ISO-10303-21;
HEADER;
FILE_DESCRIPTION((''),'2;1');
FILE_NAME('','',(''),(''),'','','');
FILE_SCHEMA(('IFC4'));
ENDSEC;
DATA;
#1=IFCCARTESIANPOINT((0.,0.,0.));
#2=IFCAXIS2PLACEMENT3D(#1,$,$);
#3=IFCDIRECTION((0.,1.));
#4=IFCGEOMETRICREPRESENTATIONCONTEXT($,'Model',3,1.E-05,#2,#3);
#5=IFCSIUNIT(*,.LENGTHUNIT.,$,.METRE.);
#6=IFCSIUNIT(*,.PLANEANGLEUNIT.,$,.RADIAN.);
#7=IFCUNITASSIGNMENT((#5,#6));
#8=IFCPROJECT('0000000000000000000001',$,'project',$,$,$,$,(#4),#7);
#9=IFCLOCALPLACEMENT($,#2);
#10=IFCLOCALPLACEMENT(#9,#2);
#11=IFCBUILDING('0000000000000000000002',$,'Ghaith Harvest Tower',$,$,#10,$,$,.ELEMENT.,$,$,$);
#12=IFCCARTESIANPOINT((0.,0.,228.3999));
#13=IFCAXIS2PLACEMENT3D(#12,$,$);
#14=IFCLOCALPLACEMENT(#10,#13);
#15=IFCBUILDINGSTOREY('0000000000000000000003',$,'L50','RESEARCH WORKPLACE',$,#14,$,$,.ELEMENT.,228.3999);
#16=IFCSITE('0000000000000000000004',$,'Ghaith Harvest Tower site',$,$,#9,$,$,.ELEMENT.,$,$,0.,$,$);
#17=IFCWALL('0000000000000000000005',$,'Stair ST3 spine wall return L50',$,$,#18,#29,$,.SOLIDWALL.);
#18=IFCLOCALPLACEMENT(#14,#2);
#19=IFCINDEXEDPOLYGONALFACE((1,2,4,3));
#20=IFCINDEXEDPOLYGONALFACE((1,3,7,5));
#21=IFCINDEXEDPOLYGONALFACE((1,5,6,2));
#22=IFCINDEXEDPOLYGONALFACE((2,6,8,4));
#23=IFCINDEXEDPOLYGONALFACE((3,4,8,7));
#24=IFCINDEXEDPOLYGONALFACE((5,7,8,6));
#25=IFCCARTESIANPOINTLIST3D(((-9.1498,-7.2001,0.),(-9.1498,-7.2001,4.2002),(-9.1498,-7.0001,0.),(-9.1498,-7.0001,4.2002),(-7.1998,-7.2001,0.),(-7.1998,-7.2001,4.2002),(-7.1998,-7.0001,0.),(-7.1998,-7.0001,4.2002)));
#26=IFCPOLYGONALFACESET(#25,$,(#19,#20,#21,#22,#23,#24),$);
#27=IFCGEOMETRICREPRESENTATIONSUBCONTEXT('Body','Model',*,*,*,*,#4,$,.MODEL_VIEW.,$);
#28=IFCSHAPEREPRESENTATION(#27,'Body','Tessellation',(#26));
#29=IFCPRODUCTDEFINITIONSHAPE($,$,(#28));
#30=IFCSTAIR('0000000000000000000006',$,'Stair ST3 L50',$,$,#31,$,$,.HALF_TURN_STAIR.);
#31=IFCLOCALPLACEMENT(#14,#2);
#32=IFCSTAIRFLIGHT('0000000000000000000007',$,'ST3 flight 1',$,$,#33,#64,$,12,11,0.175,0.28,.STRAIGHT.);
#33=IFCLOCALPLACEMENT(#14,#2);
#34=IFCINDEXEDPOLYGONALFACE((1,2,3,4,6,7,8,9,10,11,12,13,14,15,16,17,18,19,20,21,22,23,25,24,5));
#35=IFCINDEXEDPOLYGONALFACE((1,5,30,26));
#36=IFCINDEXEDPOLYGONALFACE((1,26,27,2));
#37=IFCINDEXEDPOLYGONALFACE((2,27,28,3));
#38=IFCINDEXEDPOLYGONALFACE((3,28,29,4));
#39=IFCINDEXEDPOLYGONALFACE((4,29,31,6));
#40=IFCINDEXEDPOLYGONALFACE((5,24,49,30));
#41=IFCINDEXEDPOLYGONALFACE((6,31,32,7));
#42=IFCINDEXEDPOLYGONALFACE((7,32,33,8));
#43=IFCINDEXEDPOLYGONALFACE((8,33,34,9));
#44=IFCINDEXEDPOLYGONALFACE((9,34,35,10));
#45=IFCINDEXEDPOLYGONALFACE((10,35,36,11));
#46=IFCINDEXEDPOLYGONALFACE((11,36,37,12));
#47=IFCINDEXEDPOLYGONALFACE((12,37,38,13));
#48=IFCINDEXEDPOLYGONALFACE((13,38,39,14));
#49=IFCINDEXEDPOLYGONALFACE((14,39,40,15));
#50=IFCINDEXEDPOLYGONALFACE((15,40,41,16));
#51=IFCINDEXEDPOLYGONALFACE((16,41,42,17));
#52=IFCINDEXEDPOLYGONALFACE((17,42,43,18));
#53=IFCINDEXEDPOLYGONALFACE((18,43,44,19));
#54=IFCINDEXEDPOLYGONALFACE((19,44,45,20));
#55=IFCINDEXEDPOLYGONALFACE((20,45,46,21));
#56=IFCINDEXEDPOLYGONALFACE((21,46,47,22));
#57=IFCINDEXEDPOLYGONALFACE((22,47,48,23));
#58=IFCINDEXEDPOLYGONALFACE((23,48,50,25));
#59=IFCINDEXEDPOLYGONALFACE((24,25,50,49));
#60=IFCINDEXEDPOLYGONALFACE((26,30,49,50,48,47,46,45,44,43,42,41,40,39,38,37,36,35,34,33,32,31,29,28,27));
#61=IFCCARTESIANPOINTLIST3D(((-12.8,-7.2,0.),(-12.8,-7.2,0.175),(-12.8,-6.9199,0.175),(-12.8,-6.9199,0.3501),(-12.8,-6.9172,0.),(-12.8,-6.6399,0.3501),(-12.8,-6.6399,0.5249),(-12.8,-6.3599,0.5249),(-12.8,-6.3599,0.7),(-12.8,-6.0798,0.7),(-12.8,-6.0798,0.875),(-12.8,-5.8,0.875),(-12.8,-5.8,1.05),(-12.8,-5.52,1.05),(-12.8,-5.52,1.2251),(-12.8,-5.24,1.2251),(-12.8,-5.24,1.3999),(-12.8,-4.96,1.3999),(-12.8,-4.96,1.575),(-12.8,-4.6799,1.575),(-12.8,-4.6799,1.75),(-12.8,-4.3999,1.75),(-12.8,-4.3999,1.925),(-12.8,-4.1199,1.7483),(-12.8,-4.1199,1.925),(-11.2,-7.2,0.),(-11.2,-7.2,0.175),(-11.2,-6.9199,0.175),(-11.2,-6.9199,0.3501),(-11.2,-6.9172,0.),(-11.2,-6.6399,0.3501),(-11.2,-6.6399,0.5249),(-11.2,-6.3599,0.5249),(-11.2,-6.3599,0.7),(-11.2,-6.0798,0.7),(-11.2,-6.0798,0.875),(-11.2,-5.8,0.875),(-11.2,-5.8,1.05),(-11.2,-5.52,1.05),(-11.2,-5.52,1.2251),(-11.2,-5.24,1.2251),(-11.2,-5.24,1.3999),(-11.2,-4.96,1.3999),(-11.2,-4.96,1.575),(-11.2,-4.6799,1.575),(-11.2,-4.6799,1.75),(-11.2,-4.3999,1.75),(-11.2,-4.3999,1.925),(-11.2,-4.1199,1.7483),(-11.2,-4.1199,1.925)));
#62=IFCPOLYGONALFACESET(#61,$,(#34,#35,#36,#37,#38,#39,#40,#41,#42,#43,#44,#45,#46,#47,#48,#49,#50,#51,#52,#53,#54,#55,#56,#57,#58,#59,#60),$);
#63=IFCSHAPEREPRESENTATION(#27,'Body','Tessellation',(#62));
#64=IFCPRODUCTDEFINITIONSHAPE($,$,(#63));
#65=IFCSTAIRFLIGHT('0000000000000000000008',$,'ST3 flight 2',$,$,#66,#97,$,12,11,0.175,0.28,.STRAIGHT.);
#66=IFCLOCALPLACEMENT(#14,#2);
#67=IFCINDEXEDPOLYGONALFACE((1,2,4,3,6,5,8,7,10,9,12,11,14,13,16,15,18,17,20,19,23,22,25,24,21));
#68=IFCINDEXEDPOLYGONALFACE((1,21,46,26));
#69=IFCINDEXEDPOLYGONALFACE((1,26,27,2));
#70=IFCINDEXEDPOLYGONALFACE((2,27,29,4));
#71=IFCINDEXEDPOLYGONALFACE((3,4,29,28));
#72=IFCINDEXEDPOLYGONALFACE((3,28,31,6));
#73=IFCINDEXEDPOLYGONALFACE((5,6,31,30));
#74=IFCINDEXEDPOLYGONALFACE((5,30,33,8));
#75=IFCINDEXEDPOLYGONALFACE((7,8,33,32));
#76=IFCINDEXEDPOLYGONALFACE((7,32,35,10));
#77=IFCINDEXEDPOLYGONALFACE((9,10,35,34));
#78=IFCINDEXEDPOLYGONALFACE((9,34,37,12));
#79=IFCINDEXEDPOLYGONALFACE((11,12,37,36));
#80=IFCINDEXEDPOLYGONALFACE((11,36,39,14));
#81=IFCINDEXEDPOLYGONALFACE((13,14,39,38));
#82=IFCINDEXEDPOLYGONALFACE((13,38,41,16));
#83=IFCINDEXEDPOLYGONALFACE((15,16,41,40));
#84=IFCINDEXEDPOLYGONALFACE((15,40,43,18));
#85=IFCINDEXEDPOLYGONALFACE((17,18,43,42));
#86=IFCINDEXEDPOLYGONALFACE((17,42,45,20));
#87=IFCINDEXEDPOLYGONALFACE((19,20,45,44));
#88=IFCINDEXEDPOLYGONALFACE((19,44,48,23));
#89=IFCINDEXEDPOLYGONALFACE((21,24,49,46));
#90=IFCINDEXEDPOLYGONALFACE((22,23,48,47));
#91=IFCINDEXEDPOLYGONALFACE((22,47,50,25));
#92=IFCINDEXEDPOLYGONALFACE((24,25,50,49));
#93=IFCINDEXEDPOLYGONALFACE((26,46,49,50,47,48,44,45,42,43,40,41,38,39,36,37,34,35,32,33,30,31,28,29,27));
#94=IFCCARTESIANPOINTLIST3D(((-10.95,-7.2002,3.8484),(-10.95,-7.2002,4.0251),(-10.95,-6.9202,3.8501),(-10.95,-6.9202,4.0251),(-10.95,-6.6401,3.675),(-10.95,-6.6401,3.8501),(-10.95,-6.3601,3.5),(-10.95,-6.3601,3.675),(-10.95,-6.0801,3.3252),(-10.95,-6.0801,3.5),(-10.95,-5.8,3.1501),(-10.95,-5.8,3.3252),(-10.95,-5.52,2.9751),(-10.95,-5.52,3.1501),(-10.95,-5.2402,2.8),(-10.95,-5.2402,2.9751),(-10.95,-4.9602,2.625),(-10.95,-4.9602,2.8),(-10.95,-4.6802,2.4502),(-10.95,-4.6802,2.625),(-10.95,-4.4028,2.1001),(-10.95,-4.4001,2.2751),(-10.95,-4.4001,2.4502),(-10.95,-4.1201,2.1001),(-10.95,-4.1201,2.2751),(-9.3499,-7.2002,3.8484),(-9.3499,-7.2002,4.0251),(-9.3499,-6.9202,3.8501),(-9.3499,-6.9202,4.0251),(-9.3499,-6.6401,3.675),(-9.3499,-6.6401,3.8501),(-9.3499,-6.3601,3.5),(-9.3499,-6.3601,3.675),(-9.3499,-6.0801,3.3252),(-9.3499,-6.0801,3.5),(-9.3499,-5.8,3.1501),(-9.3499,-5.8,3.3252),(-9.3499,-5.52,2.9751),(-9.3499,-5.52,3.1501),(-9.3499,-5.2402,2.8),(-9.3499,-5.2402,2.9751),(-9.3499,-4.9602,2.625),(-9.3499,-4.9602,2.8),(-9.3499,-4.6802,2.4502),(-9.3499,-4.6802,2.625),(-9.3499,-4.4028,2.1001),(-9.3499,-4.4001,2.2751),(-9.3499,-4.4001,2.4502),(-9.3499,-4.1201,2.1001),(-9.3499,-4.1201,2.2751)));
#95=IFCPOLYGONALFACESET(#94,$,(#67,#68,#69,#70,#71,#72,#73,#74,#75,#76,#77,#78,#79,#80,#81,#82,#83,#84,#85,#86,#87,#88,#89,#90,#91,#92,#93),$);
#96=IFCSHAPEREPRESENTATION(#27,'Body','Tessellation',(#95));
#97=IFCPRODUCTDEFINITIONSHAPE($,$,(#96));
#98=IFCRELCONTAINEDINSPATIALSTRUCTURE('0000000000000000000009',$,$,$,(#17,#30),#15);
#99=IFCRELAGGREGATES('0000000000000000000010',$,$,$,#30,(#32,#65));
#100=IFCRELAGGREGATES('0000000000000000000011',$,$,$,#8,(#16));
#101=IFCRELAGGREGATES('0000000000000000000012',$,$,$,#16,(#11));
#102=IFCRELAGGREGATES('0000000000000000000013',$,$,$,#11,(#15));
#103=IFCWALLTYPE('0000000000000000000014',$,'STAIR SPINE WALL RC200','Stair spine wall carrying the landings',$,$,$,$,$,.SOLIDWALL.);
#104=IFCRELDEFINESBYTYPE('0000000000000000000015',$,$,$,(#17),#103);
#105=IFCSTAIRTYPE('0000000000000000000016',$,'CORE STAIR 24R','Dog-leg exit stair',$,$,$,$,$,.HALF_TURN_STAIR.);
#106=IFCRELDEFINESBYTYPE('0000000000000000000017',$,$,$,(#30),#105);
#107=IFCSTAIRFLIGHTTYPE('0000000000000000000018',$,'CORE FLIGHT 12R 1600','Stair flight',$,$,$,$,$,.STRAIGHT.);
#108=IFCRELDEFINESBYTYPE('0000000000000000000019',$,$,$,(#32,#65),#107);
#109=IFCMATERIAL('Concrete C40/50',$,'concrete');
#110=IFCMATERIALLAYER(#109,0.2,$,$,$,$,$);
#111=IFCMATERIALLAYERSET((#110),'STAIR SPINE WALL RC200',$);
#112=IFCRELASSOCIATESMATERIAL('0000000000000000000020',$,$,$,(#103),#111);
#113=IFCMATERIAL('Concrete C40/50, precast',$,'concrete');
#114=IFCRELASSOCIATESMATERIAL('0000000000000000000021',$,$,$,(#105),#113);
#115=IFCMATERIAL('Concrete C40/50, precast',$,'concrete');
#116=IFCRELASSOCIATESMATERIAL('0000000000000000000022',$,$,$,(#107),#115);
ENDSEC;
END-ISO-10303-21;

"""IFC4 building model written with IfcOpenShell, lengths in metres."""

from ifc_helpers import new_model, si_unit, direction, frame, frame_2d, origin, place, context, subcontext, project, spatial, polyline, rectangle, outline, extrude, material, layer, layer_set, type_object, element, aggregate, save


model = new_model("IFC4")

# Units and contexts
model_context = context("Model", 3, precision=1e-05, world=origin(), true_north=direction((0.0, 1.0)))
body_context = subcontext(model_context, "Body", "Model", "MODEL_VIEW")
ifc_project = project(units=[si_unit("LENGTHUNIT", "METRE"), si_unit("PLANEANGLEUNIT", "RADIAN")], contexts=[model_context])

# Site, building, storey
site_placement = place(None, origin())
site = spatial("IfcSite", under=ifc_project, at=site_placement, Name="Ghaith Harvest Tower site", CompositionType="ELEMENT", RefElevation=0.0)
building_placement = place(site_placement, origin())
building = spatial("IfcBuilding", under=site, at=building_placement, Name="Ghaith Harvest Tower", CompositionType="ELEMENT")
storey_placement = place(building_placement, frame((0.0, 0.0, 228.3999)))
storey = spatial("IfcBuildingStorey", under=building, at=storey_placement, Name="L50", Description="RESEARCH WORKPLACE", CompositionType="ELEMENT", Elevation=228.3999)

# Wall
ifc_material_1 = material(Name="Concrete C40/50", Category="concrete")
ifc_layer_1 = layer(ifc_material_1, 0.2)
ifc_layer_set_1 = layer_set([ifc_layer_1], Name="STAIR SPINE WALL RC200")
wall_type_1 = type_object("IfcWallType", Name="STAIR SPINE WALL RC200", Description="Stair spine wall carrying the landings", PredefinedType="SOLIDWALL", material=ifc_layer_set_1)
wall_1_placement = place(storey_placement, frame((-9.1499, -7.1001, 0.0), z_axis=(0.0, 0.0, 1.0), x_axis=(1.0, 0.0, 0.0)))
element("IfcWall", 1, at=wall_1_placement, inside=storey, type_object=wall_type_1, Name="Stair ST3 spine wall return L50", PredefinedType="SOLIDWALL", context=body_context, shape_type="SweptSolid", body=[
    extrude(rectangle(XDim=1.95, YDim=0.2, at=frame_2d((0.9751, 0.0))), origin(), (0.0, 0.0, 1.0), 4.2002),
])

# Stair, stair flights
ifc_material_2 = material(Name="Concrete C40/50, precast", Category="concrete")
stair_type = type_object("IfcStairType", Name="CORE STAIR 24R", Description="Dog-leg exit stair", PredefinedType="HALF_TURN_STAIR", material=ifc_material_2)
stair_placement = place(storey_placement, origin())
stair = element("IfcStair", 2, at=stair_placement, inside=storey, type_object=stair_type, Name="Stair ST3 L50", PredefinedType="HALF_TURN_STAIR")
ifc_material_3 = material(Name="Concrete C40/50, precast", Category="concrete")
stair_flight_type = type_object("IfcStairFlightType", Name="CORE FLIGHT 12R 1600", Description="Stair flight", PredefinedType="STRAIGHT", material=ifc_material_3)
stair_flight_1_placement = place(storey_placement, frame((-12.0, -7.2, 0.0), z_axis=(0.0, 0.0, 1.0), x_axis=(0.0, 1.0, 0.0)))
stair_flight_1 = element("IfcStairFlight", 3, at=stair_flight_1_placement, type_object=stair_flight_type, Name="ST3 flight 1", NumberOfRisers=12, NumberOfTreads=11, PredefinedType="STRAIGHT", RiserHeight=0.175, TreadLength=0.28, context=body_context, shape_type="SweptSolid", body=[
    extrude(outline(polyline([(0.0, 0.0), (0.0, 0.175), (0.28, 0.175), (0.28, 0.3501), (0.5601, 0.3501), (0.5601, 0.5249), (0.8401, 0.5249), (0.8401, 0.7), (1.1201, 0.7), (1.1201, 0.875), (1.3999, 0.875), (1.3999, 1.05), (1.6799, 1.05), (1.6799, 1.2251), (1.96, 1.2251), (1.96, 1.3999), (2.24, 1.3999), (2.24, 1.575), (2.52, 1.575), (2.52, 1.75), (2.8, 1.75), (2.8, 1.925), (3.0801, 1.925), (3.0801, 2.1001), (3.0801, 1.7483), (0.2827, 0.0), (0.0, 0.0)])), frame((0.0, 0.8, 0.0), z_axis=(0.0, -1.0, 0.0), x_axis=(1.0, 0.0, 0.0)), (0.0, 0.0, 1.0), 1.6001),
])
stair_flight_2_placement = place(storey_placement, frame((-10.1499, -4.1201, 2.1001), z_axis=(0.0, 0.0, 1.0), x_axis=(0.0, -1.0, 0.0)))
stair_flight_2 = element("IfcStairFlight", 4, at=stair_flight_2_placement, type_object=stair_flight_type, Name="ST3 flight 2", NumberOfRisers=12, NumberOfTreads=11, PredefinedType="STRAIGHT", RiserHeight=0.175, TreadLength=0.28, context=body_context, shape_type="SweptSolid", body=[
    extrude(outline(polyline([(0.0, 0.0), (0.0, 0.175), (0.28, 0.175), (0.28, 0.3501), (0.5601, 0.3501), (0.5601, 0.5249), (0.8401, 0.5249), (0.8401, 0.7), (1.1201, 0.7), (1.1201, 0.875), (1.3999, 0.875), (1.3999, 1.05), (1.6799, 1.05), (1.6799, 1.2251), (1.96, 1.2251), (1.96, 1.3999), (2.24, 1.3999), (2.24, 1.575), (2.52, 1.575), (2.52, 1.75), (2.8, 1.75), (2.8, 1.925), (3.0801, 1.925), (3.0801, 2.1001), (3.0801, 1.7483), (0.2827, 0.0), (0.0, 0.0)])), frame((0.0, 0.8, 0.0), z_axis=(0.0, -1.0, 0.0), x_axis=(1.0, 0.0, 0.0)), (0.0, 0.0, 1.0), 1.6001),
])
aggregate(stair, [stair_flight_1, stair_flight_2])

save(model, "model.ifc")
